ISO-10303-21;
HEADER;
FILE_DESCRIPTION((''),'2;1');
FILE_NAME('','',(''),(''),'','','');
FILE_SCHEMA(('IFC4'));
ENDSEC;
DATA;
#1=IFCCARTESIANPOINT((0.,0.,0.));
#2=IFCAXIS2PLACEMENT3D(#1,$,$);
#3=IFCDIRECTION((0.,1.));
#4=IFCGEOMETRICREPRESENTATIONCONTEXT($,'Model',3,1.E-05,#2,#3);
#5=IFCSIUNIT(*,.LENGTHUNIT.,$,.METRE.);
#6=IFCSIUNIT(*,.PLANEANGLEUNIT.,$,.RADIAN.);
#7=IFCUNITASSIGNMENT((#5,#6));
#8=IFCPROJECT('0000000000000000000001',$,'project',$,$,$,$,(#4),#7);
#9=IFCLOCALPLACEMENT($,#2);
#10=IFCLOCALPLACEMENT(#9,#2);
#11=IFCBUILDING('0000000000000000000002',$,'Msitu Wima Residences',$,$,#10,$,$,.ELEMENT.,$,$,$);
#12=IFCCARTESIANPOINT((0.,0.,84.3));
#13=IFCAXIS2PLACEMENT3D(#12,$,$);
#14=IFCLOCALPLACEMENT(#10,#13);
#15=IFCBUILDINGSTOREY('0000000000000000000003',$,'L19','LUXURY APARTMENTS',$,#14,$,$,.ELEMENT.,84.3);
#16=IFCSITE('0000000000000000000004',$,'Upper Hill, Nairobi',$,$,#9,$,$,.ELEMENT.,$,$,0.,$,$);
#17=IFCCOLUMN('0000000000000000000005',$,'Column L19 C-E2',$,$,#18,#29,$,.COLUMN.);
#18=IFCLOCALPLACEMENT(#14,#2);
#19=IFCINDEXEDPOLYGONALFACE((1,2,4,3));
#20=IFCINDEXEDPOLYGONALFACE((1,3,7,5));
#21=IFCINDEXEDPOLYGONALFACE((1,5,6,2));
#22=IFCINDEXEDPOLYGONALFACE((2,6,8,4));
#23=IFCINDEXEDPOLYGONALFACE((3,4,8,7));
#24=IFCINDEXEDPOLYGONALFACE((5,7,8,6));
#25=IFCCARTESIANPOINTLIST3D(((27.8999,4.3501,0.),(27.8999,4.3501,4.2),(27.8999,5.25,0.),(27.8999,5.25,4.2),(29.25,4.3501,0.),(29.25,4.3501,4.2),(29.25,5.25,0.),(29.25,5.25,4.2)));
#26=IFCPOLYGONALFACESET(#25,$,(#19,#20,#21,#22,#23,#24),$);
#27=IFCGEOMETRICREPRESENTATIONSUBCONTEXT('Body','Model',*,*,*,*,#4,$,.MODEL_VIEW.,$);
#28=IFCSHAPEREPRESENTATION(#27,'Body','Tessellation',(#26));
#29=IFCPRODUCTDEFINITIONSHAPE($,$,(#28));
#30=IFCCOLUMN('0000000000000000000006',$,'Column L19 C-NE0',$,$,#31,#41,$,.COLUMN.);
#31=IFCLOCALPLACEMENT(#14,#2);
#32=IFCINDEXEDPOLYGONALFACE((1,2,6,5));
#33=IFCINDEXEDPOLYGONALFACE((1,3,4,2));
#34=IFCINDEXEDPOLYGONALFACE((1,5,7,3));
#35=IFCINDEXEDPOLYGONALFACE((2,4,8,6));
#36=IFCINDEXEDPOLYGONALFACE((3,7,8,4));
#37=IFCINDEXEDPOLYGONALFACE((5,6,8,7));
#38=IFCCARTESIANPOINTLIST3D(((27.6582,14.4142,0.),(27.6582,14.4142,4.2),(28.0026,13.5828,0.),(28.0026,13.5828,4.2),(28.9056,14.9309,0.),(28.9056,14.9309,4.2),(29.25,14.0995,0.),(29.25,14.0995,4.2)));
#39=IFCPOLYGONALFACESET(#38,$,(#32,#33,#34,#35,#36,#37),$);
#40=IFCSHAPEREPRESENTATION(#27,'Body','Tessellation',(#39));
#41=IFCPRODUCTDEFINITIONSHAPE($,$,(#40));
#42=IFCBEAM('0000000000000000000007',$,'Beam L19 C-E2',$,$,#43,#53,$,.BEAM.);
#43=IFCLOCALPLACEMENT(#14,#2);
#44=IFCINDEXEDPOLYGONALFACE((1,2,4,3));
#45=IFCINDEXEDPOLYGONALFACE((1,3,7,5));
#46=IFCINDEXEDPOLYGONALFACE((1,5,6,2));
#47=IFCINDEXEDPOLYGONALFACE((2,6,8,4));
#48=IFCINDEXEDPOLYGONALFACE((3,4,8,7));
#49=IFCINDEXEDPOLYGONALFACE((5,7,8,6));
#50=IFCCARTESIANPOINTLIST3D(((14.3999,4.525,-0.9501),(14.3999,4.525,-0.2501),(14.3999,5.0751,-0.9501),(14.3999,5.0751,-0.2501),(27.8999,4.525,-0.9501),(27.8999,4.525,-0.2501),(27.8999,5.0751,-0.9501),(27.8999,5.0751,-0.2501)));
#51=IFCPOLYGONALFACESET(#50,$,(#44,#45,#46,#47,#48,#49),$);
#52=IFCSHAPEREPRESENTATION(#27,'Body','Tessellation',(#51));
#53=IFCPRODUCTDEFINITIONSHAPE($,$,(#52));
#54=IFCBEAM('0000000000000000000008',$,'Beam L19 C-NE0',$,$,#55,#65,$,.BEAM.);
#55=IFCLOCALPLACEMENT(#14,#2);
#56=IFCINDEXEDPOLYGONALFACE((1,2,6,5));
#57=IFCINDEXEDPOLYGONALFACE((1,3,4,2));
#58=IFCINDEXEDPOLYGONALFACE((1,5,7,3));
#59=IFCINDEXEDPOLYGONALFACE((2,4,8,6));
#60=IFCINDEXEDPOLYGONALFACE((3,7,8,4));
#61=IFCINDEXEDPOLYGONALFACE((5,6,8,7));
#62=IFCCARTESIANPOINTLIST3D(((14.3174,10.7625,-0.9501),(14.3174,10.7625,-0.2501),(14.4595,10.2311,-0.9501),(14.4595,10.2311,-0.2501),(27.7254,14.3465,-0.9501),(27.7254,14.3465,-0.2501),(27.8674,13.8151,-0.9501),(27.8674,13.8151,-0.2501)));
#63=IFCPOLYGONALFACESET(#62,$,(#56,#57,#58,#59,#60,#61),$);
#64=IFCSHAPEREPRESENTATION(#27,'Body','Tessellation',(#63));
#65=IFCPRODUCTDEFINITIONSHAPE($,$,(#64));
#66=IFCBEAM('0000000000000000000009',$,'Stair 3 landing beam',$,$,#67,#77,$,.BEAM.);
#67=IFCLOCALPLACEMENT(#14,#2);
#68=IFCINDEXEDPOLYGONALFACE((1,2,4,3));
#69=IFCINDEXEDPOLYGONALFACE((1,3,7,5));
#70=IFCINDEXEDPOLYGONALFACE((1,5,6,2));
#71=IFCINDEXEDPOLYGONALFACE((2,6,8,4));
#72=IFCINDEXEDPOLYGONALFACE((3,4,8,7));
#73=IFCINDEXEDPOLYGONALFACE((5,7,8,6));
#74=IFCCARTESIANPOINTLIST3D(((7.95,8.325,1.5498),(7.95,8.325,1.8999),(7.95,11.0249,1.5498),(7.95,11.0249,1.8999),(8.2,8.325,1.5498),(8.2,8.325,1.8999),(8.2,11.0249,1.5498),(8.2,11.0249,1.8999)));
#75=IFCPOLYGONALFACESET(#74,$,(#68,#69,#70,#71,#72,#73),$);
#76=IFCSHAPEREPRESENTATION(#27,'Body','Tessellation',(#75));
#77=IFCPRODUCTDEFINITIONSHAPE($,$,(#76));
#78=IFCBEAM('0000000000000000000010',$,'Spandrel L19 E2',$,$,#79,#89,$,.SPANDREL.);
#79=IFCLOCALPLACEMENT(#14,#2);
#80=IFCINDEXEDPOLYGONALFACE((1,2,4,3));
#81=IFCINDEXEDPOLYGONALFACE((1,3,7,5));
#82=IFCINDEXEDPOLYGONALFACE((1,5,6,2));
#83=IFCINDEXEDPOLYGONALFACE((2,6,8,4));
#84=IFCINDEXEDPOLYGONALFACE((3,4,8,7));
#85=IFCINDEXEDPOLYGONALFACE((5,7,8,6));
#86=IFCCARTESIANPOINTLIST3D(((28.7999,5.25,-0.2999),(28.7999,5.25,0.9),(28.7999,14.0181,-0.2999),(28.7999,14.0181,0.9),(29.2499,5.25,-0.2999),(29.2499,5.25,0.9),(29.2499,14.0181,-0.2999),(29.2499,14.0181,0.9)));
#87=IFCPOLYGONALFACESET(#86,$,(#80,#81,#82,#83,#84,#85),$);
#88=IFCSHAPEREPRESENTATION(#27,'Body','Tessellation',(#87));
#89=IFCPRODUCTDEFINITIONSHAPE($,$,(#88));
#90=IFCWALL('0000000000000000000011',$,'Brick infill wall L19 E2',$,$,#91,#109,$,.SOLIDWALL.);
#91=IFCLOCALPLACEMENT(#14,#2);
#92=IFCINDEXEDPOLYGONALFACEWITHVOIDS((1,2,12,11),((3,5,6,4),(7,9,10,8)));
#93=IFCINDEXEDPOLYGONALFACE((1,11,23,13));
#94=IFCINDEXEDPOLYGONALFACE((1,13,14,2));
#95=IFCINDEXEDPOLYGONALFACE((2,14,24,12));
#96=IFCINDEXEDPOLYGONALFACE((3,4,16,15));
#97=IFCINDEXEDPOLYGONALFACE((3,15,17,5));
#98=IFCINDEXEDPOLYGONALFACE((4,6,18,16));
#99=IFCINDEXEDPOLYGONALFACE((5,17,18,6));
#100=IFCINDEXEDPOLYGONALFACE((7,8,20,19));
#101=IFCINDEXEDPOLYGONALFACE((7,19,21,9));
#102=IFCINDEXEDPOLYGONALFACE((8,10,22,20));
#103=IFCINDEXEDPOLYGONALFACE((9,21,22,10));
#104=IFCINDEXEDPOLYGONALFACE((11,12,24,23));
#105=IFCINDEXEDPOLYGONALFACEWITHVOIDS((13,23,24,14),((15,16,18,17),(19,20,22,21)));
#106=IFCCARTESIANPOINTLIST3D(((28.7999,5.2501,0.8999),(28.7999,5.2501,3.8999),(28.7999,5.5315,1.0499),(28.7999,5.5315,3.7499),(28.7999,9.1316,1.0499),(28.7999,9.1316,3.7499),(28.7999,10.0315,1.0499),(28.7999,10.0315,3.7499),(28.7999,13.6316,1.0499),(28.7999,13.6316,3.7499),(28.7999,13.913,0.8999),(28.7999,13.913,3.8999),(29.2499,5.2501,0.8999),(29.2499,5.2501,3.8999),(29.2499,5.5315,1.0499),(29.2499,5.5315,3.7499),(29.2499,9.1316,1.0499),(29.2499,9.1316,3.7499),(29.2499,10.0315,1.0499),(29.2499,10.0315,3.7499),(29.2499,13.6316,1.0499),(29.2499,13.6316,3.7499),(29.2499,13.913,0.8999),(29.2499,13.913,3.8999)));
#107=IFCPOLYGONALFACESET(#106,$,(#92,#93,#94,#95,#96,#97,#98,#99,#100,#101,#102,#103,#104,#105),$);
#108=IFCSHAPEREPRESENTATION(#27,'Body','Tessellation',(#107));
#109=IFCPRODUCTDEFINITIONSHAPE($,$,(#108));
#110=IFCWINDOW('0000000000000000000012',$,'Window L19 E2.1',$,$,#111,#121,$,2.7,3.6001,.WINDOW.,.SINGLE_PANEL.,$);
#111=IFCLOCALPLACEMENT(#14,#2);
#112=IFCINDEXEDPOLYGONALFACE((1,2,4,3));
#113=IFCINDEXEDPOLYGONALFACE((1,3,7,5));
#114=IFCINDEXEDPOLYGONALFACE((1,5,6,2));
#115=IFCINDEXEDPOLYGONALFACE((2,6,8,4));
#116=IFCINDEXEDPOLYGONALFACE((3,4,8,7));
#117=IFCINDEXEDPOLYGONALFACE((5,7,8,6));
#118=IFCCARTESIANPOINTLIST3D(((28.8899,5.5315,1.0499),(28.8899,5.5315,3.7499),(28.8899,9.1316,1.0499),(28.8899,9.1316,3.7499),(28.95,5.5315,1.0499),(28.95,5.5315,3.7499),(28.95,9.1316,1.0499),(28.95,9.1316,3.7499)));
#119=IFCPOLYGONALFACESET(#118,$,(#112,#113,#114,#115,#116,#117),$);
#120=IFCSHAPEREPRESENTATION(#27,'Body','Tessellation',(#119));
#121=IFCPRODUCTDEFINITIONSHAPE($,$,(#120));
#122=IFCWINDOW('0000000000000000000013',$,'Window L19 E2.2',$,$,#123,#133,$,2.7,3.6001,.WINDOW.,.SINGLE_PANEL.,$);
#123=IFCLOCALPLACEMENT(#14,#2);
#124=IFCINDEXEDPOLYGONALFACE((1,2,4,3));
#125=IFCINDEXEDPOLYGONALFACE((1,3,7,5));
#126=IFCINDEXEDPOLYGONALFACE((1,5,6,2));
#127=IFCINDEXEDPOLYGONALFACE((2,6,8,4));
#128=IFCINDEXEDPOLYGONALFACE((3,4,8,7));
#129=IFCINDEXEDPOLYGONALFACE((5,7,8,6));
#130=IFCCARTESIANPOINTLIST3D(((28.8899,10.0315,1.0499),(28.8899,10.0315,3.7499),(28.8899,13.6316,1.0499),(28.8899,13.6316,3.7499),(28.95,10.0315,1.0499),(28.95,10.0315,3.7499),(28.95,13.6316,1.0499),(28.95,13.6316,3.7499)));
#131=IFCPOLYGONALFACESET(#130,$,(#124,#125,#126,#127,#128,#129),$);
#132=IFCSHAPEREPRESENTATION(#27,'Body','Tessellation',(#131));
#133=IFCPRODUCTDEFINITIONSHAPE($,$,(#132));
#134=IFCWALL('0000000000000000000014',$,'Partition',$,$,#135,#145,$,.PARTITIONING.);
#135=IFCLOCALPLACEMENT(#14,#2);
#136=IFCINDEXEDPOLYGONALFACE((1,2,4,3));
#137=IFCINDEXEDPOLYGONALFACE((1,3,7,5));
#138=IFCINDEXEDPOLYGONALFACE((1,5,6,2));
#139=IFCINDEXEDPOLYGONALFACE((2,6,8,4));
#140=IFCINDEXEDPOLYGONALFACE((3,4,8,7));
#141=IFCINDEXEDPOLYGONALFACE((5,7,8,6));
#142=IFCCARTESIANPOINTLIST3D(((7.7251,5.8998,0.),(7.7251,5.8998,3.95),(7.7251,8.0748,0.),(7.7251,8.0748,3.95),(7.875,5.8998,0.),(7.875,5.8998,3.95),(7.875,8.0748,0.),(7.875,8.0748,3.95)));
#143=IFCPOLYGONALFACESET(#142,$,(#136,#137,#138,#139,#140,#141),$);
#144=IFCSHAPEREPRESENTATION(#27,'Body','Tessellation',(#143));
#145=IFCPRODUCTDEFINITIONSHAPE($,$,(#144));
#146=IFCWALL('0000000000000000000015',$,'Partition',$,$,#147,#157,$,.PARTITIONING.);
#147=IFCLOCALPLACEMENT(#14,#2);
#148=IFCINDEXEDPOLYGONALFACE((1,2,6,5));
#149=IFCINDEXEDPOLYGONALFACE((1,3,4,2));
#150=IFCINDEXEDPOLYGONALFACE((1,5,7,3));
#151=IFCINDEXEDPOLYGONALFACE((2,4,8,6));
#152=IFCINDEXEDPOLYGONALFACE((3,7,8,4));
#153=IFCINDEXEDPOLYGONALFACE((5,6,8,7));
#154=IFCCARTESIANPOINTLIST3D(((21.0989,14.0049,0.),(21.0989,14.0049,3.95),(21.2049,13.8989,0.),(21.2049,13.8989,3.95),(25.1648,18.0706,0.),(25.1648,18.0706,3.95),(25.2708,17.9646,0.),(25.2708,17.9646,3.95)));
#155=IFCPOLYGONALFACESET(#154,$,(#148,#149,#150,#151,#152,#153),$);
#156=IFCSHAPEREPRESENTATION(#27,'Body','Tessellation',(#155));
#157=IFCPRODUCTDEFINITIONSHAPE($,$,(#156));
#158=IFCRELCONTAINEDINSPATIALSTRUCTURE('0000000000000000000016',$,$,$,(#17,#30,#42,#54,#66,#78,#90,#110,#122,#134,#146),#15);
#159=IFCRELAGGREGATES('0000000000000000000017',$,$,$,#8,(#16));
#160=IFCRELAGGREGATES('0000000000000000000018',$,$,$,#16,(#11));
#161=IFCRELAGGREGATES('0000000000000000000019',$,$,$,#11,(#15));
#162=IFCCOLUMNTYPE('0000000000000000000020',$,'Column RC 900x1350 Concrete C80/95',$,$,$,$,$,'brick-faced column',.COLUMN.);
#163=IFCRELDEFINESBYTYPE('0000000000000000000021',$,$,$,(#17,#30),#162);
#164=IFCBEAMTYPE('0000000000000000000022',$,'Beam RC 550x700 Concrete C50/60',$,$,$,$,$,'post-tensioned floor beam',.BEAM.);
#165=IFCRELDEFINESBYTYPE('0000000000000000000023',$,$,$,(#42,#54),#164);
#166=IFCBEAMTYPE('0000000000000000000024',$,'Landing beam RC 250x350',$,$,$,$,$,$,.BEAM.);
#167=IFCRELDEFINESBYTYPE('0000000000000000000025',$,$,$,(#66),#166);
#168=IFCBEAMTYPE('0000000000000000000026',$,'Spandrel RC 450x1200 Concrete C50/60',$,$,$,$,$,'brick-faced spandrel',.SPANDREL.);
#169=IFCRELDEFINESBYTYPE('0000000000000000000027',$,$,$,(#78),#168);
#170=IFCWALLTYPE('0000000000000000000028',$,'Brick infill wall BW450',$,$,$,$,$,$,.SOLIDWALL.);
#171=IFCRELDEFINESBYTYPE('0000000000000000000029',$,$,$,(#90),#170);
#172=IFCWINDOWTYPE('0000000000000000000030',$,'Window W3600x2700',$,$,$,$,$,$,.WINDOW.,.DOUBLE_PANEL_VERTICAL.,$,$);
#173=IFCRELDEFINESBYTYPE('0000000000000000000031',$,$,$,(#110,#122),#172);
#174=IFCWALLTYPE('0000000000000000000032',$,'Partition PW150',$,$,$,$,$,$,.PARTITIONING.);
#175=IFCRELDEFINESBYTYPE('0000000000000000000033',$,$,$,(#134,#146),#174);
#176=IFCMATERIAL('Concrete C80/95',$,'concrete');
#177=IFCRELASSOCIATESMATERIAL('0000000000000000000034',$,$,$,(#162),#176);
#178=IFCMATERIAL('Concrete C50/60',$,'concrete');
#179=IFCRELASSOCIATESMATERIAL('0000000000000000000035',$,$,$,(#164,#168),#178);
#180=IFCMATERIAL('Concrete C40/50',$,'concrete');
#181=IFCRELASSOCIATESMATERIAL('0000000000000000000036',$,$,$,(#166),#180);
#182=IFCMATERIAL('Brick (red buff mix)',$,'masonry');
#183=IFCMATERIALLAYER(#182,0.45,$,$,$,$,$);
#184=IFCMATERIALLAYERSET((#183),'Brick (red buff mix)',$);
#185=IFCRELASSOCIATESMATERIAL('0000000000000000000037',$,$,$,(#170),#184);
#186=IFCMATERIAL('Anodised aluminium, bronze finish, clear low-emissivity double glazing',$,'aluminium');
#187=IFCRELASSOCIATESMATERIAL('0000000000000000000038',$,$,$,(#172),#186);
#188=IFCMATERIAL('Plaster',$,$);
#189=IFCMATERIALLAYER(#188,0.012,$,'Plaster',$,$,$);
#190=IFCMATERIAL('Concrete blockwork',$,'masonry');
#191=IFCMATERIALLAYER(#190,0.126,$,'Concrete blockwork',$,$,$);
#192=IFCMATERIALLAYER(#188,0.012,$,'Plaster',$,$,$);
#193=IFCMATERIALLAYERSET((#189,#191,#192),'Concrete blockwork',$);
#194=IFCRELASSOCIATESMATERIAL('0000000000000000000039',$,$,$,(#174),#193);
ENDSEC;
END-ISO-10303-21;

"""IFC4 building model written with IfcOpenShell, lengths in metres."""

from ifc_helpers import new_model, si_unit, direction, frame, frame_2d, origin, origin_2d, place, context, subcontext, project, spatial, rectangle, extrude, material, layer, layer_set, material_profile, profile_set, type_object, element, fill, save


model = new_model("IFC4")

# Units and contexts
model_context = context("Model", 3, precision=1e-05, world=origin(), true_north=direction((0.0, 1.0)))
body_context = subcontext(model_context, "Body", "Model", "MODEL_VIEW")
ifc_project = project(units=[si_unit("LENGTHUNIT", "METRE"), si_unit("PLANEANGLEUNIT", "RADIAN")], contexts=[model_context])

# Site, building, storey
site_placement = place(None, origin())
site = spatial("IfcSite", under=ifc_project, at=site_placement, Name="Upper Hill, Nairobi", CompositionType="ELEMENT", RefElevation=0.0)
building_placement = place(site_placement, origin())
building = spatial("IfcBuilding", under=site, at=building_placement, Name="Msitu Wima Residences", CompositionType="ELEMENT")
storey_placement = place(building_placement, frame((0.0, 0.0, 84.3)))
storey = spatial("IfcBuildingStorey", under=building, at=storey_placement, Name="L19", Description="LUXURY APARTMENTS", CompositionType="ELEMENT", Elevation=84.3)

# Columns
ifc_material_1 = material(Name="Concrete C80/95", Category="concrete")
ifc_material_profile_1 = material_profile(ifc_material_1, rectangle(XDim=0.8999, YDim=1.3501, at=origin_2d()), Name="RC 900x1350")
ifc_profile_set_1 = profile_set([ifc_material_profile_1], Name="Concrete C80/95")
column_type = type_object("IfcColumnType", Name="Column RC 900x1350 Concrete C80/95", ElementType="brick-faced column", PredefinedType="COLUMN", material=ifc_profile_set_1)
for number, where, z_axis, x_axis, name in (
    (1, (28.575, 4.8, 0.0), (0.0, 0.0, 1.0), (0.0, 1.0, 0.0), "Column L19 C-E2"),
    (2, (28.4541, 14.2568, 0.0), (0.0, 0.0, 1.0), (-0.382683, 0.92388, 0.0), "Column L19 C-NE0"),
):
    element("IfcColumn", number, at=place(storey_placement, frame(where, z_axis=z_axis, x_axis=x_axis)), inside=storey, type_object=column_type, Name=name, PredefinedType="COLUMN", context=body_context, shape_type="SweptSolid", body=[
        extrude(rectangle(XDim=0.8999, YDim=1.3501, at=origin_2d()), origin(), (0.0, 0.0, 1.0), 4.2),
    ])

# Beams
ifc_material_2 = material(Name="Concrete C50/60", Category="concrete")
ifc_material_profile_2 = material_profile(ifc_material_2, rectangle(XDim=0.55, YDim=0.7, at=origin_2d()), Name="RC 550x700")
ifc_profile_set_2 = profile_set([ifc_material_profile_2], Name="Concrete C50/60")
beam_type_1 = type_object("IfcBeamType", Name="Beam RC 550x700 Concrete C50/60", ElementType="post-tensioned floor beam", PredefinedType="BEAM", material=ifc_profile_set_2)
beam_1_placement = place(storey_placement, frame((27.8999, 4.8, -0.6001), z_axis=(-1.0, 0.0, 0.0), x_axis=(0.0, -1.0, 0.0)))
element("IfcBeam", 3, at=beam_1_placement, inside=storey, type_object=beam_type_1, Name="Beam L19 C-E2", PredefinedType="BEAM", context=body_context, shape_type="SweptSolid", body=[
    extrude(rectangle(XDim=0.55, YDim=0.7, at=origin_2d()), origin(), (0.0, 0.0, 1.0), 13.5),
])
beam_2_placement = place(storey_placement, frame((27.7964, 14.0808, -0.6001), z_axis=(-0.966082, -0.258236, 0.0), x_axis=(0.258236, -0.966082, 0.0)))
element("IfcBeam", 4, at=beam_2_placement, inside=storey, type_object=beam_type_1, Name="Beam L19 C-NE0", PredefinedType="BEAM", context=body_context, shape_type="SweptSolid", body=[
    extrude(rectangle(XDim=0.55, YDim=0.7, at=origin_2d()), origin(), (0.0, 0.0, 1.0), 13.8787),
])
ifc_material_3 = material(Name="Concrete C40/50", Category="concrete")
ifc_material_profile_3 = material_profile(ifc_material_3, rectangle(XDim=0.25, YDim=0.3501, at=origin_2d()), Name="RC 250x350")
ifc_profile_set_3 = profile_set([ifc_material_profile_3], Name="Concrete C40/50")
beam_type_2 = type_object("IfcBeamType", Name="Landing beam RC 250x350", PredefinedType="BEAM", material=ifc_profile_set_3)
beam_3_placement = place(storey_placement, frame((8.075, 8.325, 1.7249), z_axis=(0.0, 1.0, 0.0), x_axis=(-1.0, 0.0, 0.0)))
element("IfcBeam", 5, at=beam_3_placement, inside=storey, type_object=beam_type_2, Name="Stair 3 landing beam", PredefinedType="BEAM", context=body_context, shape_type="SweptSolid", body=[
    extrude(rectangle(XDim=0.25, YDim=0.3501, at=origin_2d()), origin(), (0.0, 0.0, 1.0), 2.7),
])
ifc_material_profile_4 = material_profile(ifc_material_2, rectangle(XDim=0.45, YDim=1.2, at=origin_2d()), Name="RC 450x1200")
ifc_profile_set_4 = profile_set([ifc_material_profile_4], Name="Concrete C50/60")
beam_type_3 = type_object("IfcBeamType", Name="Spandrel RC 450x1200 Concrete C50/60", ElementType="brick-faced spandrel", PredefinedType="SPANDREL", material=ifc_profile_set_4)
beam_4_placement = place(storey_placement, frame((29.0249, 5.25, 0.3), z_axis=(0.0, 1.0, 0.0), x_axis=(-1.0, 0.0, 0.0)))
element("IfcBeam", 6, at=beam_4_placement, inside=storey, type_object=beam_type_3, Name="Spandrel L19 E2", PredefinedType="SPANDREL", context=body_context, shape_type="SweptSolid", body=[
    extrude(rectangle(XDim=0.45, YDim=1.2, at=origin_2d()), origin(), (0.0, 0.0, 1.0), 8.7681),
])

# Wall, openings, windows
ifc_material_4 = material(Name="Brick (red buff mix)", Category="masonry")
ifc_layer_1 = layer(ifc_material_4, 0.45)
ifc_layer_set_1 = layer_set([ifc_layer_1], Name="Brick (red buff mix)")
wall_type_1 = type_object("IfcWallType", Name="Brick infill wall BW450", PredefinedType="SOLIDWALL", material=ifc_layer_set_1)
wall_1_placement = place(storey_placement, frame((29.0249, 5.25, 0.8999), z_axis=(0.0, 0.0, 1.0), x_axis=(0.0, 1.0, 0.0)))
wall_1 = element("IfcWall", 7, at=wall_1_placement, inside=storey, type_object=wall_type_1, Name="Brick infill wall L19 E2", PredefinedType="SOLIDWALL", context=body_context, shape_type="SweptSolid", body=[
    extrude(rectangle(XDim=8.6628, YDim=0.45, at=frame_2d((4.3315, 0.0))), origin(), (0.0, 0.0, 1.0), 3.0),
])
opening_1_placement = place(wall_1_placement, frame((0.2815, 0.0, 0.1499)))
opening_1 = element("IfcOpeningElement", 8, at=opening_1_placement, cuts=wall_1, PredefinedType="OPENING", context=body_context, shape_type="SweptSolid", body=[
    extrude(rectangle(XDim=3.6001, YDim=2.7, at=frame_2d((1.8, 1.3501))), frame((0.0, 0.2349, 0.0), z_axis=(0.0, -1.0, 0.0), x_axis=(1.0, 0.0, 0.0)), (0.0, 0.0, 1.0), 0.47),
])
opening_2_placement = place(wall_1_placement, frame((4.7815, 0.0, 0.1499)))
opening_2 = element("IfcOpeningElement", 9, at=opening_2_placement, cuts=wall_1, PredefinedType="OPENING", context=body_context, shape_type="SweptSolid", body=[
    extrude(rectangle(XDim=3.6001, YDim=2.7, at=frame_2d((1.8, 1.3501))), frame((0.0, 0.2349, 0.0), z_axis=(0.0, -1.0, 0.0), x_axis=(1.0, 0.0, 0.0)), (0.0, 0.0, 1.0), 0.47),
])
ifc_material_5 = material(Name="Anodised aluminium, bronze finish, clear low-emissivity double glazing", Category="aluminium")
window_type = type_object("IfcWindowType", Name="Window W3600x2700", PartitioningType="DOUBLE_PANEL_VERTICAL", PredefinedType="WINDOW", material=ifc_material_5)
window_1_placement = place(opening_1_placement, origin())
window_1 = element("IfcWindow", 10, at=window_1_placement, inside=storey, type_object=window_type, Name="Window L19 E2.1", OverallHeight=2.7, OverallWidth=3.6001, PartitioningType="SINGLE_PANEL", PredefinedType="WINDOW", context=body_context, shape_type="SweptSolid", body=[
    extrude(rectangle(XDim=3.6001, YDim=2.7, at=frame_2d((1.8, 1.3501))), frame((0.0, 0.135, 0.0), z_axis=(0.0, -1.0, 0.0), x_axis=(1.0, 0.0, 0.0)), (0.0, 0.0, 1.0), 0.0601),
])
fill(opening_1, window_1)
window_2_placement = place(opening_2_placement, origin())
window_2 = element("IfcWindow", 11, at=window_2_placement, inside=storey, type_object=window_type, Name="Window L19 E2.2", OverallHeight=2.7, OverallWidth=3.6001, PartitioningType="SINGLE_PANEL", PredefinedType="WINDOW", context=body_context, shape_type="SweptSolid", body=[
    extrude(rectangle(XDim=3.6001, YDim=2.7, at=frame_2d((1.8, 1.3501))), frame((0.0, 0.135, 0.0), z_axis=(0.0, -1.0, 0.0), x_axis=(1.0, 0.0, 0.0)), (0.0, 0.0, 1.0), 0.0601),
])
fill(opening_2, window_2)

# Walls
ifc_material_6 = material(Name="Plaster")
ifc_layer_2 = layer(ifc_material_6, 0.012, Name="Plaster")
ifc_material_7 = material(Name="Concrete blockwork", Category="masonry")
ifc_layer_3 = layer(ifc_material_7, 0.126, Name="Concrete blockwork")
ifc_layer_4 = layer(ifc_material_6, 0.012, Name="Plaster")
ifc_layer_set_2 = layer_set([ifc_layer_2, ifc_layer_3, ifc_layer_4], Name="Concrete blockwork")
wall_type_2 = type_object("IfcWallType", Name="Partition PW150", PredefinedType="PARTITIONING", material=ifc_layer_set_2)
wall_2_placement = place(storey_placement, frame((7.8, 5.8999, 0.0), z_axis=(0.0, 0.0, 1.0), x_axis=(0.0, 1.0, 0.0)))
element("IfcWall", 12, at=wall_2_placement, inside=storey, type_object=wall_type_2, Name="Partition", PredefinedType="PARTITIONING", context=body_context, shape_type="SweptSolid", body=[
    extrude(rectangle(XDim=2.175, YDim=0.1499, at=frame_2d((1.0874, 0.0))), origin(), (0.0, 0.0, 1.0), 3.95),
])
wall_3_placement = place(storey_placement, frame((21.1519, 13.9519, 0.0), z_axis=(0.0, 0.0, 1.0), x_axis=(0.707128, 0.707086, 0.0)))
element("IfcWall", 13, at=wall_3_placement, inside=storey, type_object=wall_type_2, Name="Partition", PredefinedType="PARTITIONING", context=body_context, shape_type="SweptSolid", body=[
    extrude(rectangle(XDim=5.75, YDim=0.1499, at=frame_2d((2.875, 0.0))), origin(), (0.0, 0.0, 1.0), 3.95),
])

save(model, "model.ifc")
